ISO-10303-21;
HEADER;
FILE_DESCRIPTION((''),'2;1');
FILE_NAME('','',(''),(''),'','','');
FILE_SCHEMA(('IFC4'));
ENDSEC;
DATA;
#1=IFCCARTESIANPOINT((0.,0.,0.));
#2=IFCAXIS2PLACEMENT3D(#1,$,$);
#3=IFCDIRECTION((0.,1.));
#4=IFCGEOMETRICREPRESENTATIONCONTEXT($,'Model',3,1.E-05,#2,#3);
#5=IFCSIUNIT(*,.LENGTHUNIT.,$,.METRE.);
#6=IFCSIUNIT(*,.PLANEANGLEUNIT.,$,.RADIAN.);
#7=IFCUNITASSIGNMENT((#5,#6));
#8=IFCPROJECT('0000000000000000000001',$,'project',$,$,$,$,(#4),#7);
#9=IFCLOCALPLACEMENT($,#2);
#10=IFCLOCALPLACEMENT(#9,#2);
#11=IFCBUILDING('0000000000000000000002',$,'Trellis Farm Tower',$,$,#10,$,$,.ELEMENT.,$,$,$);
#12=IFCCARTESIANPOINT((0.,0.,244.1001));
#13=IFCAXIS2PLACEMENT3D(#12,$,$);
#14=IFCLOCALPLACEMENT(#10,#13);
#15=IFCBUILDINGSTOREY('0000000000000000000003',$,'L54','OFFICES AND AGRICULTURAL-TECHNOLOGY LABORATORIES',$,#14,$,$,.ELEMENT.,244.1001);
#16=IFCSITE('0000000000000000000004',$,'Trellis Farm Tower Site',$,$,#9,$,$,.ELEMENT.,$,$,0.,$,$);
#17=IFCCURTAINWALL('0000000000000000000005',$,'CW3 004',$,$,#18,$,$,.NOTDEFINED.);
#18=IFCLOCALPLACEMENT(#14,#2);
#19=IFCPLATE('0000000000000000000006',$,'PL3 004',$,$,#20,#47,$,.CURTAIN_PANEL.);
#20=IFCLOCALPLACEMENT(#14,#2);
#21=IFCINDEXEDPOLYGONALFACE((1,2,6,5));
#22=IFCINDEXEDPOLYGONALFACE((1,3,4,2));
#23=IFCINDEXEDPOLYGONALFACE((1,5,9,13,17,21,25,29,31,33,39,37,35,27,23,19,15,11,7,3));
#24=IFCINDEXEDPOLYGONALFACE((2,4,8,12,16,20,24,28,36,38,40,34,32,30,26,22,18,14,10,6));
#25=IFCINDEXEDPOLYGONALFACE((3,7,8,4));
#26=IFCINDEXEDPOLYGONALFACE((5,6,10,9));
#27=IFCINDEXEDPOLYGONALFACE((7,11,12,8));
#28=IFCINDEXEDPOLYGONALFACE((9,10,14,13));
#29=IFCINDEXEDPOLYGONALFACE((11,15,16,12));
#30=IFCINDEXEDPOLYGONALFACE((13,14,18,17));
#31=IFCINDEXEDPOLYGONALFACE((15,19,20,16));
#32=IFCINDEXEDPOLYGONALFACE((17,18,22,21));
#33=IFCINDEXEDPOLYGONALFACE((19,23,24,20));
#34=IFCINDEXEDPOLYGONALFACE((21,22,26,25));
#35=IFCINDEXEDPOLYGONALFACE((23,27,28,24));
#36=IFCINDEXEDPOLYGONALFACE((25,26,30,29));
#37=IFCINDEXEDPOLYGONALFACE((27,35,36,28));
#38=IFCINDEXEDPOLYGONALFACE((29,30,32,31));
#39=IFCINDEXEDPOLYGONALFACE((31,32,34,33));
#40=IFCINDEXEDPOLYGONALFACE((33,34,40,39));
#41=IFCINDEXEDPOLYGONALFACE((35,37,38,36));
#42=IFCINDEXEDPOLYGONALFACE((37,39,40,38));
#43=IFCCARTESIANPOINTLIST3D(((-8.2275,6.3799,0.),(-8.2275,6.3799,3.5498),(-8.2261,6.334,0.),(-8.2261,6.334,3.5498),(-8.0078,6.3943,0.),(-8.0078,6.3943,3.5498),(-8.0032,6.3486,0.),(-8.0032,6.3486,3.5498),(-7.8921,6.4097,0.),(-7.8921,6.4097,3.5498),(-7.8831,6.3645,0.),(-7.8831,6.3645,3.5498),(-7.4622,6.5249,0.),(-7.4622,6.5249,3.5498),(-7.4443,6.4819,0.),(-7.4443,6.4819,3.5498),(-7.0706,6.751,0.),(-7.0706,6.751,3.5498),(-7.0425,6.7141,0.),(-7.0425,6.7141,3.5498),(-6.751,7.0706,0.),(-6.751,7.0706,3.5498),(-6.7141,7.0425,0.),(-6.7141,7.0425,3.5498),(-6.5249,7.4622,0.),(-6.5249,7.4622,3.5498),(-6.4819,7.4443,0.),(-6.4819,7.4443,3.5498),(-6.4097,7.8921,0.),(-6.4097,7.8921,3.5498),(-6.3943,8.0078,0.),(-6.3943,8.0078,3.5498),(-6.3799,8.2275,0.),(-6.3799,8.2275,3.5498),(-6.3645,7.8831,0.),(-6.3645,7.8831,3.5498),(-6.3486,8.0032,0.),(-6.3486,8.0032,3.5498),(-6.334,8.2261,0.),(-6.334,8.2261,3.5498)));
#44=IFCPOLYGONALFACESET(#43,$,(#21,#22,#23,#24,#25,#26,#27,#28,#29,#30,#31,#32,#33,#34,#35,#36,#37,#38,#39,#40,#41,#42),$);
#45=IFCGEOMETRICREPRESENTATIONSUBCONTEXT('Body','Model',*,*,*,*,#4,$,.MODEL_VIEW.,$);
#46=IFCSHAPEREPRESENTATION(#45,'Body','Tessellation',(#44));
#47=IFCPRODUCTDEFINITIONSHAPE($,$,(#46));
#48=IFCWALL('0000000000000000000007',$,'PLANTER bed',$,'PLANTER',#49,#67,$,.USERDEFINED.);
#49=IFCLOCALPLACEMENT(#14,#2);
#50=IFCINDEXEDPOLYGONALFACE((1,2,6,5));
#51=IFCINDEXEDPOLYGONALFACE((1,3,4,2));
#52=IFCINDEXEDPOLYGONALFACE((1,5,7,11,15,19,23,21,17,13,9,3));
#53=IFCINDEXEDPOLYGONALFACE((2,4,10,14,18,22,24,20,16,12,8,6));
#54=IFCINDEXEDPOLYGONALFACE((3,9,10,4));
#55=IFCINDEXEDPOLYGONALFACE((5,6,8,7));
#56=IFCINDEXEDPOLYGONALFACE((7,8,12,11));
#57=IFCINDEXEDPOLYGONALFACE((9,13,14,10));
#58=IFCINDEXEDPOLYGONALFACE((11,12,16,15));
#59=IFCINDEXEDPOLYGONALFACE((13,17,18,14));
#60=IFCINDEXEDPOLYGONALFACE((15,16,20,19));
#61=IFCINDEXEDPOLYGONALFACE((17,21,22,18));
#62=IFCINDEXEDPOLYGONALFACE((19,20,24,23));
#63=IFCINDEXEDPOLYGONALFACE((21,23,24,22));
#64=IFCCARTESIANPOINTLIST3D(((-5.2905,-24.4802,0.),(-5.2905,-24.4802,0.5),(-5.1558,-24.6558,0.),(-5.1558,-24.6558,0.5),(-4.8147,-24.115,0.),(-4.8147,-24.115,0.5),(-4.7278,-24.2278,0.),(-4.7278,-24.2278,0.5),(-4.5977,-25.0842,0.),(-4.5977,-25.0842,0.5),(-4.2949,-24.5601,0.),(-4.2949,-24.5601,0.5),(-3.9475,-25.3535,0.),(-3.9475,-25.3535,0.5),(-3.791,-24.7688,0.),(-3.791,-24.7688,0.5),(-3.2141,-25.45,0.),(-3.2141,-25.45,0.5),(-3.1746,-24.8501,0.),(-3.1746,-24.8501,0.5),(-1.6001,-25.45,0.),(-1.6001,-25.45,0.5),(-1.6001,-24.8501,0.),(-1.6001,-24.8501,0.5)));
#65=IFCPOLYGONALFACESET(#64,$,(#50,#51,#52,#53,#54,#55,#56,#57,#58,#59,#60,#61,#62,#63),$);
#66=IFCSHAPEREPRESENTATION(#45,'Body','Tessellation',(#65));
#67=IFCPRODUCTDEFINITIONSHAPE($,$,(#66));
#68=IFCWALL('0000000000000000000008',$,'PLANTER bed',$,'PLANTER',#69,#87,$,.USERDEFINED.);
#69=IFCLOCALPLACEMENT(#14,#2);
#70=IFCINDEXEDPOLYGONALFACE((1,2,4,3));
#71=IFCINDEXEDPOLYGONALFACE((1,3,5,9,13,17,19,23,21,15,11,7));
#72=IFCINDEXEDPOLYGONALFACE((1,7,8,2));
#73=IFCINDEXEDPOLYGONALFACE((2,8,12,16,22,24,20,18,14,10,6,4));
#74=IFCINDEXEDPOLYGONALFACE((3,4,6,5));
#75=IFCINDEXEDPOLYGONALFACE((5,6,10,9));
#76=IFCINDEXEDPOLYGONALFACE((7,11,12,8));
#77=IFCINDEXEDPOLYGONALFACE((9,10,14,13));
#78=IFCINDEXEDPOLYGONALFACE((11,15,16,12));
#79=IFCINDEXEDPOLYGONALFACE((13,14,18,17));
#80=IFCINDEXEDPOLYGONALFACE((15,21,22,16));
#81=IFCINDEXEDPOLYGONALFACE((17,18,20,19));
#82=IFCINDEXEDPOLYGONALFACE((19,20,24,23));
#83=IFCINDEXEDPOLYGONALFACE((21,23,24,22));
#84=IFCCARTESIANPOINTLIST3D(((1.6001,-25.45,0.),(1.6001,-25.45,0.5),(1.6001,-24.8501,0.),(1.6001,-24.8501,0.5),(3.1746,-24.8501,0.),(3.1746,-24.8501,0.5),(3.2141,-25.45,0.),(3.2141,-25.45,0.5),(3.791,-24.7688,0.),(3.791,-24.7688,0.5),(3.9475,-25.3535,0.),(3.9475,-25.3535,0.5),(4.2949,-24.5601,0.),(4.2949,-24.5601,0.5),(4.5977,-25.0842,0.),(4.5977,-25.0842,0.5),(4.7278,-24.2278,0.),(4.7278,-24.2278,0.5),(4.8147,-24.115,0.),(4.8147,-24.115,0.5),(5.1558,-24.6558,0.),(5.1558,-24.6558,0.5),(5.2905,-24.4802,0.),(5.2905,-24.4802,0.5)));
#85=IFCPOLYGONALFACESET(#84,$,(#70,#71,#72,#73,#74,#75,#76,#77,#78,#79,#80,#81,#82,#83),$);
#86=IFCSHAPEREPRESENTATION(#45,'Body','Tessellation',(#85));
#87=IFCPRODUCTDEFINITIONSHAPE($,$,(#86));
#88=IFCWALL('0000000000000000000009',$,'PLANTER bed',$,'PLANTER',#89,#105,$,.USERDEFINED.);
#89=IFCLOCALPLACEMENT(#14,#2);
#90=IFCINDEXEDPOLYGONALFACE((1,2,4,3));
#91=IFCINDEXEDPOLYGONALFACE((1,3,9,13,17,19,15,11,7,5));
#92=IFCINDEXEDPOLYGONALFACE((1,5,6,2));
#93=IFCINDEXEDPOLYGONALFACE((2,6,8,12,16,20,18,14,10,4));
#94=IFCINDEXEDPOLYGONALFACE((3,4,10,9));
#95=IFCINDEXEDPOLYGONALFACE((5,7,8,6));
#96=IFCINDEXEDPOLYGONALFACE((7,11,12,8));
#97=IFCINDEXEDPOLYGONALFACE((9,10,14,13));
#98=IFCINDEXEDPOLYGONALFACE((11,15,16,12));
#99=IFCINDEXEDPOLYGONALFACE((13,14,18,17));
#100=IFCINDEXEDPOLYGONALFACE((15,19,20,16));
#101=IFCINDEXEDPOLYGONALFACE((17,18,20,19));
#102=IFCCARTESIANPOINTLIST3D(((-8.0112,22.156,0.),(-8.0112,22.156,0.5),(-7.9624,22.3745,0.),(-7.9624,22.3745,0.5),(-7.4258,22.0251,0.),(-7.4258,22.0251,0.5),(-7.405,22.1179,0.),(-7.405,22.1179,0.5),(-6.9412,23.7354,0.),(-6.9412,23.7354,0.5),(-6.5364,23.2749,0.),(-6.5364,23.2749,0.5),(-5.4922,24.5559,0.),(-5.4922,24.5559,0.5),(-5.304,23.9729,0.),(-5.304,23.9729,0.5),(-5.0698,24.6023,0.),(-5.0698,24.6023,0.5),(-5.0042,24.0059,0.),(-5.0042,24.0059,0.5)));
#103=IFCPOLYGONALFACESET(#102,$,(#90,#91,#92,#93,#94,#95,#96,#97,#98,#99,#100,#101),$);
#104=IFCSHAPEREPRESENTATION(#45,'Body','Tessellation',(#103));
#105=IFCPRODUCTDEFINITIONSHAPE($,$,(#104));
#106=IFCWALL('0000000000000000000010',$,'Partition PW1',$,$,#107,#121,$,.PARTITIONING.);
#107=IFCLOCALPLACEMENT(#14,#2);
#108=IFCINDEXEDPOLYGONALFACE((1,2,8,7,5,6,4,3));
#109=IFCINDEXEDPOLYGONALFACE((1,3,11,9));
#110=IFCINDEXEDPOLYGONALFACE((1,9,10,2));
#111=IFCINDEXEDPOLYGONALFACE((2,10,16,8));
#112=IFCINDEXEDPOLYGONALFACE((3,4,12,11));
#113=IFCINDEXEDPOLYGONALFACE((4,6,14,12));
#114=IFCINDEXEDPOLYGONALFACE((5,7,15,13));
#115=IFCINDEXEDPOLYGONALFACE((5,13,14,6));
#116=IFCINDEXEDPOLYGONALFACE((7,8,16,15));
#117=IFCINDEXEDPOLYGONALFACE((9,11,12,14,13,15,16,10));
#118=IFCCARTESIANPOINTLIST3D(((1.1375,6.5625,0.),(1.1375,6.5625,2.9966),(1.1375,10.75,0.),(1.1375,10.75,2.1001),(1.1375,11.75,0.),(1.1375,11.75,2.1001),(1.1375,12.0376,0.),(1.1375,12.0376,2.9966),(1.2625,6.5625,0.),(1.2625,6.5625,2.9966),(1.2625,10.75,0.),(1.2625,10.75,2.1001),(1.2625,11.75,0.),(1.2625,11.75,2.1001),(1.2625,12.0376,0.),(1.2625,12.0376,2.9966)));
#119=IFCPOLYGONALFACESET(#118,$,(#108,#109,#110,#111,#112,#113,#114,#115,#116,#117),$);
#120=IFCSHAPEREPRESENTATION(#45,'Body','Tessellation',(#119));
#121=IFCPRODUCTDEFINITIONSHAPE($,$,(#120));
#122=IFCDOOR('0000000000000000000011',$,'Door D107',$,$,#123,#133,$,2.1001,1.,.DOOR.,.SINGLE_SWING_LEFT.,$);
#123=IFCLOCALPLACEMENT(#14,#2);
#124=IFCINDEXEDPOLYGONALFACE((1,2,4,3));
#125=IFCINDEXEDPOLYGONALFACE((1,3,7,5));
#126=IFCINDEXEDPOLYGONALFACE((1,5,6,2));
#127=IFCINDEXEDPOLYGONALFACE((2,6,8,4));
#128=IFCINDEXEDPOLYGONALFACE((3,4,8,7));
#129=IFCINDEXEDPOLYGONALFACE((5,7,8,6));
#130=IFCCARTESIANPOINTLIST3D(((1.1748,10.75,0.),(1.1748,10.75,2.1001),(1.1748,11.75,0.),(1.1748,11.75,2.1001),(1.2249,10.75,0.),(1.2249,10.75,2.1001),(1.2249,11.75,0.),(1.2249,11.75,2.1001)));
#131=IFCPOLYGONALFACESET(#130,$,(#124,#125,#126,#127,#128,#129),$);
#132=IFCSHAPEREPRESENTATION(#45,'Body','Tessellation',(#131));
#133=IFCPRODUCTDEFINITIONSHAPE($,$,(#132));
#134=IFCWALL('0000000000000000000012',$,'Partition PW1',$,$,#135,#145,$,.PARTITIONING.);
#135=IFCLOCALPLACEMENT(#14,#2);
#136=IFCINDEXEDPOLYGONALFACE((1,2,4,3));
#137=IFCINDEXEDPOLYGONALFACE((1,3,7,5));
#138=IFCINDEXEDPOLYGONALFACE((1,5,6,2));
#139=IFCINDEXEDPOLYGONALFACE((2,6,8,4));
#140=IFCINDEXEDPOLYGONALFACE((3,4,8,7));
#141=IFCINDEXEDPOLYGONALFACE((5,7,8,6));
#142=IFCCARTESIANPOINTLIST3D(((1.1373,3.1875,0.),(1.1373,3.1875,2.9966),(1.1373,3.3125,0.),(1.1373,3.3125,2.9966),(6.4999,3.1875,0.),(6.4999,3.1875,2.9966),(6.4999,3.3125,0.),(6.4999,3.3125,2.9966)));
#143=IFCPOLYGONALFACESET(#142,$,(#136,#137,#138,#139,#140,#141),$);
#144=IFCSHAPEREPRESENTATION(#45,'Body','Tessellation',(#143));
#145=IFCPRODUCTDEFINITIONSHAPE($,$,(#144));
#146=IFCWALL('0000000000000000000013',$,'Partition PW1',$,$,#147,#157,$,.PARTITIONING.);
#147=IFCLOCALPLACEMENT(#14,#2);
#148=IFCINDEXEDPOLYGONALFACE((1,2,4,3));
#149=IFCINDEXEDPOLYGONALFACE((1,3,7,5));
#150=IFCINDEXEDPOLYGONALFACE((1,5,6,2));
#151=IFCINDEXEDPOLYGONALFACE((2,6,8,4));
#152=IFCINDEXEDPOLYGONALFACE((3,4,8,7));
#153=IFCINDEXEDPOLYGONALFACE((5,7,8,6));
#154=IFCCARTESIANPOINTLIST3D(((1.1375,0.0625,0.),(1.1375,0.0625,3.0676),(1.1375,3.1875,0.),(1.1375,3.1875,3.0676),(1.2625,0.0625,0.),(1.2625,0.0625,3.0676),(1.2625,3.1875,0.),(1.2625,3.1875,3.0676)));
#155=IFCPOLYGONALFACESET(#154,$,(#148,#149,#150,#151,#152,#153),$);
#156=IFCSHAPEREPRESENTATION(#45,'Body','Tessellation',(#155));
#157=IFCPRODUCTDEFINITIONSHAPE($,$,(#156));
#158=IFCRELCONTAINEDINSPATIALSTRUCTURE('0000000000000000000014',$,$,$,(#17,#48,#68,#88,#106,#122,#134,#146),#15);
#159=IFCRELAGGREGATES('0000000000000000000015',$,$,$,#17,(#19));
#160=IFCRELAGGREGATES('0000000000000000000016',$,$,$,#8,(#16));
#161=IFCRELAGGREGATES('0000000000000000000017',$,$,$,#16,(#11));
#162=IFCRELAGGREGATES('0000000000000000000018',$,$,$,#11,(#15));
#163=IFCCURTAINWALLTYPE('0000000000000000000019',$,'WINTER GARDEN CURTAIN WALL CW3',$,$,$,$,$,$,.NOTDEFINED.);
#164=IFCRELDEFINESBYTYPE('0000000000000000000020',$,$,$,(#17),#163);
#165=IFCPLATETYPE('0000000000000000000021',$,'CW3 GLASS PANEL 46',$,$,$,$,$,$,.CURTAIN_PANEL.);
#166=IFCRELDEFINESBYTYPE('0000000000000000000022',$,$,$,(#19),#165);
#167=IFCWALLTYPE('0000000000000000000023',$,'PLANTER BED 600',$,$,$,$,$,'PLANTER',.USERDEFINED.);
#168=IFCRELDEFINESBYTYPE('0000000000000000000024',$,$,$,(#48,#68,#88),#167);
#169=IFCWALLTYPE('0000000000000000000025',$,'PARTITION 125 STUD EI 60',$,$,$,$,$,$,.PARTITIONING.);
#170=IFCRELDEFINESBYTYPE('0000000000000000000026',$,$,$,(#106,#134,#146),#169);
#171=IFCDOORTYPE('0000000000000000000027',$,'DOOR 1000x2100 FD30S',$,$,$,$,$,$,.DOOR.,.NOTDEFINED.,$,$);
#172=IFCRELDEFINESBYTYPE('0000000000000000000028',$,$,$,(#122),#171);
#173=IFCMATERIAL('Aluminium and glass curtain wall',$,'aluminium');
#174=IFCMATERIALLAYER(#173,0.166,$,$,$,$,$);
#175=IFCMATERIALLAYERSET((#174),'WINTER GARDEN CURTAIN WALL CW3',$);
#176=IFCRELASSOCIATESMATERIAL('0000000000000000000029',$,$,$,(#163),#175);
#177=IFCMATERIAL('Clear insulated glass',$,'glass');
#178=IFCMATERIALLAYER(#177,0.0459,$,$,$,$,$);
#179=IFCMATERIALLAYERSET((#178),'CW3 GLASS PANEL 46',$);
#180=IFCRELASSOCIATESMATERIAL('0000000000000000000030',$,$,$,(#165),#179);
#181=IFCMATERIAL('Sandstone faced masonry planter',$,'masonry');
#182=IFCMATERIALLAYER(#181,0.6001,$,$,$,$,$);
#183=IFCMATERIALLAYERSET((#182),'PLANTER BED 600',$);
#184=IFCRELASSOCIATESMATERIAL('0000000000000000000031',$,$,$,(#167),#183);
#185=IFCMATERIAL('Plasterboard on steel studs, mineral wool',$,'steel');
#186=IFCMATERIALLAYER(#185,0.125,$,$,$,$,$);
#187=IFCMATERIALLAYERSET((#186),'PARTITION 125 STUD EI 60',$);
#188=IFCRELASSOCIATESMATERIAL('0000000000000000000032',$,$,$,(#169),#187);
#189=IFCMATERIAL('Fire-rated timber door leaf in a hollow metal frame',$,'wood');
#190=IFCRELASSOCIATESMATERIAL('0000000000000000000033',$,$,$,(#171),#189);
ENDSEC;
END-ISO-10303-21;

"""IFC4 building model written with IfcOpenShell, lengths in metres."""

from ifc_helpers import new_model, si_unit, direction, frame, frame_2d, origin, place, context, subcontext, project, spatial, polyline, rectangle, outline, extrude, source, transform, mapped, material, layer, layer_set, type_object, element, fill, aggregate, save


model = new_model("IFC4")

# Units and contexts
model_context = context("Model", 3, precision=1e-05, world=origin(), true_north=direction((0.0, 1.0)))
body_context = subcontext(model_context, "Body", "Model", "MODEL_VIEW")
ifc_project = project(units=[si_unit("LENGTHUNIT", "METRE"), si_unit("PLANEANGLEUNIT", "RADIAN")], contexts=[model_context])

# Site, building, storey
site_placement = place(None, origin())
site = spatial("IfcSite", under=ifc_project, at=site_placement, Name="Trellis Farm Tower Site", CompositionType="ELEMENT", RefElevation=0.0)
building_placement = place(site_placement, origin())
building = spatial("IfcBuilding", under=site, at=building_placement, Name="Trellis Farm Tower", CompositionType="ELEMENT")
storey_placement = place(building_placement, frame((0.0, 0.0, 244.1001)))
storey = spatial("IfcBuildingStorey", under=building, at=storey_placement, Name="L54", Description="OFFICES AND AGRICULTURAL-TECHNOLOGY LABORATORIES", CompositionType="ELEMENT", Elevation=244.1001)

# Curtain wall
ifc_material_1 = material(Name="Aluminium and glass curtain wall", Category="aluminium")
placement_1 = place(storey_placement, origin())
ifc_layer_1 = layer(ifc_material_1, 0.166)
ifc_layer_set_1 = layer_set([ifc_layer_1], Name="WINTER GARDEN CURTAIN WALL CW3")
curtain_wall_type_1 = type_object("IfcCurtainWallType", Name="WINTER GARDEN CURTAIN WALL CW3", PredefinedType="NOTDEFINED", material=ifc_layer_set_1)
curtain_wall_1 = element("IfcCurtainWall", 1, at=placement_1, inside=storey, type_object=curtain_wall_type_1, Name="CW3 004", PredefinedType="NOTDEFINED")

# Plate
ifc_material_2 = material(Name="Clear insulated glass", Category="glass")
ifc_layer_2 = layer(ifc_material_2, 0.0459)
ifc_layer_set_2 = layer_set([ifc_layer_2], Name="CW3 GLASS PANEL 46")
plate_type_1 = type_object("IfcPlateType", Name="CW3 GLASS PANEL 46", PredefinedType="CURTAIN_PANEL", material=ifc_layer_set_2)
shared_shape_1 = source(origin(), body_context, "Body", "SweptSolid", [
    extrude(outline(polyline([(-6.3799, 8.2275), (-6.3943, 8.0078), (-6.4097, 7.8921), (-6.5249, 7.4622), (-6.751, 7.0706), (-7.0706, 6.751), (-7.4622, 6.5249), (-7.8921, 6.4097), (-8.0078, 6.3943), (-8.2275, 6.3799), (-8.2261, 6.334), (-8.0032, 6.3486), (-7.8831, 6.3645), (-7.4443, 6.4819), (-7.0425, 6.7141), (-6.7141, 7.0425), (-6.4819, 7.4443), (-6.3645, 7.8831), (-6.3486, 8.0032), (-6.334, 8.2261), (-6.3799, 8.2275)])), origin(), (0.0, 0.0, 1.0), 3.5498),
])
plate_1 = element("IfcPlate", 2, at=placement_1, type_object=plate_type_1, Name="PL3 004", PredefinedType="CURTAIN_PANEL", context=body_context, shape_type="MappedRepresentation", body=[
    mapped(shared_shape_1, transform((0.0, 0.0, 0.0))),
])
aggregate(curtain_wall_1, [plate_1])

# Walls
ifc_material_3 = material(Name="Sandstone faced masonry planter", Category="masonry")
ifc_layer_3 = layer(ifc_material_3, 0.6001)
ifc_layer_set_3 = layer_set([ifc_layer_3], Name="PLANTER BED 600")
wall_type_1 = type_object("IfcWallType", Name="PLANTER BED 600", ElementType="PLANTER", PredefinedType="USERDEFINED", material=ifc_layer_set_3)
element("IfcWall", 3, at=placement_1, inside=storey, type_object=wall_type_1, Name="PLANTER bed", ObjectType="PLANTER", PredefinedType="USERDEFINED", context=body_context, shape_type="SweptSolid", body=[
    extrude(outline(polyline([(-3.2141, -25.45), (-3.9475, -25.3535), (-4.5977, -25.0842), (-5.1558, -24.6558), (-5.2905, -24.4802), (-4.8147, -24.115), (-4.7278, -24.2278), (-4.2949, -24.5601), (-3.791, -24.7688), (-3.1746, -24.8501), (-1.6001, -24.8501), (-1.6001, -25.45), (-3.2141, -25.45)])), origin(), (0.0, 0.0, 1.0), 0.5),
])
element("IfcWall", 4, at=placement_1, inside=storey, type_object=wall_type_1, Name="PLANTER bed", ObjectType="PLANTER", PredefinedType="USERDEFINED", context=body_context, shape_type="SweptSolid", body=[
    extrude(outline(polyline([(4.5977, -25.0842), (3.9475, -25.3535), (3.2141, -25.45), (1.6001, -25.45), (1.6001, -24.8501), (3.1746, -24.8501), (3.791, -24.7688), (4.2949, -24.5601), (4.7278, -24.2278), (4.8147, -24.115), (5.2905, -24.4802), (5.1558, -24.6558), (4.5977, -25.0842)])), origin(), (0.0, 0.0, 1.0), 0.5),
])
element("IfcWall", 5, at=placement_1, inside=storey, type_object=wall_type_1, Name="PLANTER bed", ObjectType="PLANTER", PredefinedType="USERDEFINED", context=body_context, shape_type="SweptSolid", body=[
    extrude(outline(polyline([(-6.9412, 23.7354), (-5.4922, 24.5559), (-5.0698, 24.6023), (-5.0042, 24.0059), (-5.304, 23.9729), (-6.5364, 23.2749), (-7.405, 22.1179), (-7.4258, 22.0251), (-8.0112, 22.156), (-7.9624, 22.3745), (-6.9412, 23.7354)])), origin(), (0.0, 0.0, 1.0), 0.5),
])

# Wall, opening, door
ifc_material_4 = material(Name="Plasterboard on steel studs, mineral wool", Category="steel")
ifc_layer_4 = layer(ifc_material_4, 0.125)
ifc_layer_set_4 = layer_set([ifc_layer_4], Name="PARTITION 125 STUD EI 60")
wall_type_2 = type_object("IfcWallType", Name="PARTITION 125 STUD EI 60", PredefinedType="PARTITIONING", material=ifc_layer_set_4)
shared_shape_2 = source(origin(), body_context, "Body", "SweptSolid", [
    extrude(rectangle(XDim=5.4751, YDim=0.125, at=frame_2d((2.7375, 0.0))), origin(), (0.0, 0.0, 1.0), 2.9966),
])
wall_1_placement = place(storey_placement, frame((1.2, 12.0376, 0.0), z_axis=(0.0, 0.0, 1.0), x_axis=(0.0, -1.0, 0.0)))
wall_1 = element("IfcWall", 6, at=wall_1_placement, inside=storey, type_object=wall_type_2, Name="Partition PW1", PredefinedType="PARTITIONING", context=body_context, shape_type="MappedRepresentation", body=[
    mapped(shared_shape_2, transform((0.0, 0.0, 0.0))),
])
shared_shape_3 = source(origin(), body_context, "Body", "SweptSolid", [
    extrude(rectangle(XDim=1.0, YDim=2.1001, at=frame_2d((0.5, 1.05))), frame((0.0, 0.0725, 0.0), z_axis=(0.0, -1.0, 0.0), x_axis=(1.0, 0.0, 0.0)), (0.0, 0.0, 1.0), 0.145),
])
opening_1_placement = place(wall_1_placement, frame((0.2876, 0.0, 0.0)))
opening_1 = element("IfcOpeningElement", 7, at=opening_1_placement, cuts=wall_1, PredefinedType="OPENING", context=body_context, shape_type="MappedRepresentation", body=[
    mapped(shared_shape_3, transform((0.0, 0.0, 0.0))),
])
ifc_material_5 = material(Name="Fire-rated timber door leaf in a hollow metal frame", Category="wood")
door_type = type_object("IfcDoorType", Name="DOOR 1000x2100 FD30S", OperationType="NOTDEFINED", PredefinedType="DOOR", material=ifc_material_5)
shared_shape_4 = source(origin(), body_context, "Body", "SweptSolid", [
    extrude(rectangle(XDim=1.0, YDim=2.1001, at=frame_2d((0.5, 1.05))), frame((0.0, 0.0249, 0.0), z_axis=(0.0, -1.0, 0.0), x_axis=(1.0, 0.0, 0.0)), (0.0, 0.0, 1.0), 0.05),
])
door_1_placement = place(opening_1_placement, origin())
door_1 = element("IfcDoor", 8, at=door_1_placement, inside=storey, type_object=door_type, Name="Door D107", OperationType="SINGLE_SWING_LEFT", OverallHeight=2.1001, OverallWidth=1.0, PredefinedType="DOOR", context=body_context, shape_type="MappedRepresentation", body=[
    mapped(shared_shape_4, transform((0.0, 0.0, 0.0))),
])
fill(opening_1, door_1)

# Walls
shared_shape_5 = source(origin(), body_context, "Body", "SweptSolid", [
    extrude(rectangle(XDim=5.3625, YDim=0.125, at=frame_2d((2.6812, 0.0))), origin(), (0.0, 0.0, 1.0), 2.9966),
])
wall_2_placement = place(storey_placement, frame((1.1375, 3.25, 0.0), z_axis=(0.0, 0.0, 1.0), x_axis=(1.0, 0.0, 0.0)))
element("IfcWall", 9, at=wall_2_placement, inside=storey, type_object=wall_type_2, Name="Partition PW1", PredefinedType="PARTITIONING", context=body_context, shape_type="MappedRepresentation", body=[
    mapped(shared_shape_5, transform((0.0, 0.0, 0.0))),
])
shared_shape_6 = source(origin(), body_context, "Body", "SweptSolid", [
    extrude(rectangle(XDim=3.125, YDim=0.125, at=frame_2d((1.5625, 0.0))), origin(), (0.0, 0.0, 1.0), 3.0676),
])
wall_3_placement = place(storey_placement, frame((1.2, 3.1875, 0.0), z_axis=(0.0, 0.0, 1.0), x_axis=(0.0, -1.0, 0.0)))
element("IfcWall", 10, at=wall_3_placement, inside=storey, type_object=wall_type_2, Name="Partition PW1", PredefinedType="PARTITIONING", context=body_context, shape_type="MappedRepresentation", body=[
    mapped(shared_shape_6, transform((0.0, 0.0, 0.0))),
])

save(model, "model.ifc")
